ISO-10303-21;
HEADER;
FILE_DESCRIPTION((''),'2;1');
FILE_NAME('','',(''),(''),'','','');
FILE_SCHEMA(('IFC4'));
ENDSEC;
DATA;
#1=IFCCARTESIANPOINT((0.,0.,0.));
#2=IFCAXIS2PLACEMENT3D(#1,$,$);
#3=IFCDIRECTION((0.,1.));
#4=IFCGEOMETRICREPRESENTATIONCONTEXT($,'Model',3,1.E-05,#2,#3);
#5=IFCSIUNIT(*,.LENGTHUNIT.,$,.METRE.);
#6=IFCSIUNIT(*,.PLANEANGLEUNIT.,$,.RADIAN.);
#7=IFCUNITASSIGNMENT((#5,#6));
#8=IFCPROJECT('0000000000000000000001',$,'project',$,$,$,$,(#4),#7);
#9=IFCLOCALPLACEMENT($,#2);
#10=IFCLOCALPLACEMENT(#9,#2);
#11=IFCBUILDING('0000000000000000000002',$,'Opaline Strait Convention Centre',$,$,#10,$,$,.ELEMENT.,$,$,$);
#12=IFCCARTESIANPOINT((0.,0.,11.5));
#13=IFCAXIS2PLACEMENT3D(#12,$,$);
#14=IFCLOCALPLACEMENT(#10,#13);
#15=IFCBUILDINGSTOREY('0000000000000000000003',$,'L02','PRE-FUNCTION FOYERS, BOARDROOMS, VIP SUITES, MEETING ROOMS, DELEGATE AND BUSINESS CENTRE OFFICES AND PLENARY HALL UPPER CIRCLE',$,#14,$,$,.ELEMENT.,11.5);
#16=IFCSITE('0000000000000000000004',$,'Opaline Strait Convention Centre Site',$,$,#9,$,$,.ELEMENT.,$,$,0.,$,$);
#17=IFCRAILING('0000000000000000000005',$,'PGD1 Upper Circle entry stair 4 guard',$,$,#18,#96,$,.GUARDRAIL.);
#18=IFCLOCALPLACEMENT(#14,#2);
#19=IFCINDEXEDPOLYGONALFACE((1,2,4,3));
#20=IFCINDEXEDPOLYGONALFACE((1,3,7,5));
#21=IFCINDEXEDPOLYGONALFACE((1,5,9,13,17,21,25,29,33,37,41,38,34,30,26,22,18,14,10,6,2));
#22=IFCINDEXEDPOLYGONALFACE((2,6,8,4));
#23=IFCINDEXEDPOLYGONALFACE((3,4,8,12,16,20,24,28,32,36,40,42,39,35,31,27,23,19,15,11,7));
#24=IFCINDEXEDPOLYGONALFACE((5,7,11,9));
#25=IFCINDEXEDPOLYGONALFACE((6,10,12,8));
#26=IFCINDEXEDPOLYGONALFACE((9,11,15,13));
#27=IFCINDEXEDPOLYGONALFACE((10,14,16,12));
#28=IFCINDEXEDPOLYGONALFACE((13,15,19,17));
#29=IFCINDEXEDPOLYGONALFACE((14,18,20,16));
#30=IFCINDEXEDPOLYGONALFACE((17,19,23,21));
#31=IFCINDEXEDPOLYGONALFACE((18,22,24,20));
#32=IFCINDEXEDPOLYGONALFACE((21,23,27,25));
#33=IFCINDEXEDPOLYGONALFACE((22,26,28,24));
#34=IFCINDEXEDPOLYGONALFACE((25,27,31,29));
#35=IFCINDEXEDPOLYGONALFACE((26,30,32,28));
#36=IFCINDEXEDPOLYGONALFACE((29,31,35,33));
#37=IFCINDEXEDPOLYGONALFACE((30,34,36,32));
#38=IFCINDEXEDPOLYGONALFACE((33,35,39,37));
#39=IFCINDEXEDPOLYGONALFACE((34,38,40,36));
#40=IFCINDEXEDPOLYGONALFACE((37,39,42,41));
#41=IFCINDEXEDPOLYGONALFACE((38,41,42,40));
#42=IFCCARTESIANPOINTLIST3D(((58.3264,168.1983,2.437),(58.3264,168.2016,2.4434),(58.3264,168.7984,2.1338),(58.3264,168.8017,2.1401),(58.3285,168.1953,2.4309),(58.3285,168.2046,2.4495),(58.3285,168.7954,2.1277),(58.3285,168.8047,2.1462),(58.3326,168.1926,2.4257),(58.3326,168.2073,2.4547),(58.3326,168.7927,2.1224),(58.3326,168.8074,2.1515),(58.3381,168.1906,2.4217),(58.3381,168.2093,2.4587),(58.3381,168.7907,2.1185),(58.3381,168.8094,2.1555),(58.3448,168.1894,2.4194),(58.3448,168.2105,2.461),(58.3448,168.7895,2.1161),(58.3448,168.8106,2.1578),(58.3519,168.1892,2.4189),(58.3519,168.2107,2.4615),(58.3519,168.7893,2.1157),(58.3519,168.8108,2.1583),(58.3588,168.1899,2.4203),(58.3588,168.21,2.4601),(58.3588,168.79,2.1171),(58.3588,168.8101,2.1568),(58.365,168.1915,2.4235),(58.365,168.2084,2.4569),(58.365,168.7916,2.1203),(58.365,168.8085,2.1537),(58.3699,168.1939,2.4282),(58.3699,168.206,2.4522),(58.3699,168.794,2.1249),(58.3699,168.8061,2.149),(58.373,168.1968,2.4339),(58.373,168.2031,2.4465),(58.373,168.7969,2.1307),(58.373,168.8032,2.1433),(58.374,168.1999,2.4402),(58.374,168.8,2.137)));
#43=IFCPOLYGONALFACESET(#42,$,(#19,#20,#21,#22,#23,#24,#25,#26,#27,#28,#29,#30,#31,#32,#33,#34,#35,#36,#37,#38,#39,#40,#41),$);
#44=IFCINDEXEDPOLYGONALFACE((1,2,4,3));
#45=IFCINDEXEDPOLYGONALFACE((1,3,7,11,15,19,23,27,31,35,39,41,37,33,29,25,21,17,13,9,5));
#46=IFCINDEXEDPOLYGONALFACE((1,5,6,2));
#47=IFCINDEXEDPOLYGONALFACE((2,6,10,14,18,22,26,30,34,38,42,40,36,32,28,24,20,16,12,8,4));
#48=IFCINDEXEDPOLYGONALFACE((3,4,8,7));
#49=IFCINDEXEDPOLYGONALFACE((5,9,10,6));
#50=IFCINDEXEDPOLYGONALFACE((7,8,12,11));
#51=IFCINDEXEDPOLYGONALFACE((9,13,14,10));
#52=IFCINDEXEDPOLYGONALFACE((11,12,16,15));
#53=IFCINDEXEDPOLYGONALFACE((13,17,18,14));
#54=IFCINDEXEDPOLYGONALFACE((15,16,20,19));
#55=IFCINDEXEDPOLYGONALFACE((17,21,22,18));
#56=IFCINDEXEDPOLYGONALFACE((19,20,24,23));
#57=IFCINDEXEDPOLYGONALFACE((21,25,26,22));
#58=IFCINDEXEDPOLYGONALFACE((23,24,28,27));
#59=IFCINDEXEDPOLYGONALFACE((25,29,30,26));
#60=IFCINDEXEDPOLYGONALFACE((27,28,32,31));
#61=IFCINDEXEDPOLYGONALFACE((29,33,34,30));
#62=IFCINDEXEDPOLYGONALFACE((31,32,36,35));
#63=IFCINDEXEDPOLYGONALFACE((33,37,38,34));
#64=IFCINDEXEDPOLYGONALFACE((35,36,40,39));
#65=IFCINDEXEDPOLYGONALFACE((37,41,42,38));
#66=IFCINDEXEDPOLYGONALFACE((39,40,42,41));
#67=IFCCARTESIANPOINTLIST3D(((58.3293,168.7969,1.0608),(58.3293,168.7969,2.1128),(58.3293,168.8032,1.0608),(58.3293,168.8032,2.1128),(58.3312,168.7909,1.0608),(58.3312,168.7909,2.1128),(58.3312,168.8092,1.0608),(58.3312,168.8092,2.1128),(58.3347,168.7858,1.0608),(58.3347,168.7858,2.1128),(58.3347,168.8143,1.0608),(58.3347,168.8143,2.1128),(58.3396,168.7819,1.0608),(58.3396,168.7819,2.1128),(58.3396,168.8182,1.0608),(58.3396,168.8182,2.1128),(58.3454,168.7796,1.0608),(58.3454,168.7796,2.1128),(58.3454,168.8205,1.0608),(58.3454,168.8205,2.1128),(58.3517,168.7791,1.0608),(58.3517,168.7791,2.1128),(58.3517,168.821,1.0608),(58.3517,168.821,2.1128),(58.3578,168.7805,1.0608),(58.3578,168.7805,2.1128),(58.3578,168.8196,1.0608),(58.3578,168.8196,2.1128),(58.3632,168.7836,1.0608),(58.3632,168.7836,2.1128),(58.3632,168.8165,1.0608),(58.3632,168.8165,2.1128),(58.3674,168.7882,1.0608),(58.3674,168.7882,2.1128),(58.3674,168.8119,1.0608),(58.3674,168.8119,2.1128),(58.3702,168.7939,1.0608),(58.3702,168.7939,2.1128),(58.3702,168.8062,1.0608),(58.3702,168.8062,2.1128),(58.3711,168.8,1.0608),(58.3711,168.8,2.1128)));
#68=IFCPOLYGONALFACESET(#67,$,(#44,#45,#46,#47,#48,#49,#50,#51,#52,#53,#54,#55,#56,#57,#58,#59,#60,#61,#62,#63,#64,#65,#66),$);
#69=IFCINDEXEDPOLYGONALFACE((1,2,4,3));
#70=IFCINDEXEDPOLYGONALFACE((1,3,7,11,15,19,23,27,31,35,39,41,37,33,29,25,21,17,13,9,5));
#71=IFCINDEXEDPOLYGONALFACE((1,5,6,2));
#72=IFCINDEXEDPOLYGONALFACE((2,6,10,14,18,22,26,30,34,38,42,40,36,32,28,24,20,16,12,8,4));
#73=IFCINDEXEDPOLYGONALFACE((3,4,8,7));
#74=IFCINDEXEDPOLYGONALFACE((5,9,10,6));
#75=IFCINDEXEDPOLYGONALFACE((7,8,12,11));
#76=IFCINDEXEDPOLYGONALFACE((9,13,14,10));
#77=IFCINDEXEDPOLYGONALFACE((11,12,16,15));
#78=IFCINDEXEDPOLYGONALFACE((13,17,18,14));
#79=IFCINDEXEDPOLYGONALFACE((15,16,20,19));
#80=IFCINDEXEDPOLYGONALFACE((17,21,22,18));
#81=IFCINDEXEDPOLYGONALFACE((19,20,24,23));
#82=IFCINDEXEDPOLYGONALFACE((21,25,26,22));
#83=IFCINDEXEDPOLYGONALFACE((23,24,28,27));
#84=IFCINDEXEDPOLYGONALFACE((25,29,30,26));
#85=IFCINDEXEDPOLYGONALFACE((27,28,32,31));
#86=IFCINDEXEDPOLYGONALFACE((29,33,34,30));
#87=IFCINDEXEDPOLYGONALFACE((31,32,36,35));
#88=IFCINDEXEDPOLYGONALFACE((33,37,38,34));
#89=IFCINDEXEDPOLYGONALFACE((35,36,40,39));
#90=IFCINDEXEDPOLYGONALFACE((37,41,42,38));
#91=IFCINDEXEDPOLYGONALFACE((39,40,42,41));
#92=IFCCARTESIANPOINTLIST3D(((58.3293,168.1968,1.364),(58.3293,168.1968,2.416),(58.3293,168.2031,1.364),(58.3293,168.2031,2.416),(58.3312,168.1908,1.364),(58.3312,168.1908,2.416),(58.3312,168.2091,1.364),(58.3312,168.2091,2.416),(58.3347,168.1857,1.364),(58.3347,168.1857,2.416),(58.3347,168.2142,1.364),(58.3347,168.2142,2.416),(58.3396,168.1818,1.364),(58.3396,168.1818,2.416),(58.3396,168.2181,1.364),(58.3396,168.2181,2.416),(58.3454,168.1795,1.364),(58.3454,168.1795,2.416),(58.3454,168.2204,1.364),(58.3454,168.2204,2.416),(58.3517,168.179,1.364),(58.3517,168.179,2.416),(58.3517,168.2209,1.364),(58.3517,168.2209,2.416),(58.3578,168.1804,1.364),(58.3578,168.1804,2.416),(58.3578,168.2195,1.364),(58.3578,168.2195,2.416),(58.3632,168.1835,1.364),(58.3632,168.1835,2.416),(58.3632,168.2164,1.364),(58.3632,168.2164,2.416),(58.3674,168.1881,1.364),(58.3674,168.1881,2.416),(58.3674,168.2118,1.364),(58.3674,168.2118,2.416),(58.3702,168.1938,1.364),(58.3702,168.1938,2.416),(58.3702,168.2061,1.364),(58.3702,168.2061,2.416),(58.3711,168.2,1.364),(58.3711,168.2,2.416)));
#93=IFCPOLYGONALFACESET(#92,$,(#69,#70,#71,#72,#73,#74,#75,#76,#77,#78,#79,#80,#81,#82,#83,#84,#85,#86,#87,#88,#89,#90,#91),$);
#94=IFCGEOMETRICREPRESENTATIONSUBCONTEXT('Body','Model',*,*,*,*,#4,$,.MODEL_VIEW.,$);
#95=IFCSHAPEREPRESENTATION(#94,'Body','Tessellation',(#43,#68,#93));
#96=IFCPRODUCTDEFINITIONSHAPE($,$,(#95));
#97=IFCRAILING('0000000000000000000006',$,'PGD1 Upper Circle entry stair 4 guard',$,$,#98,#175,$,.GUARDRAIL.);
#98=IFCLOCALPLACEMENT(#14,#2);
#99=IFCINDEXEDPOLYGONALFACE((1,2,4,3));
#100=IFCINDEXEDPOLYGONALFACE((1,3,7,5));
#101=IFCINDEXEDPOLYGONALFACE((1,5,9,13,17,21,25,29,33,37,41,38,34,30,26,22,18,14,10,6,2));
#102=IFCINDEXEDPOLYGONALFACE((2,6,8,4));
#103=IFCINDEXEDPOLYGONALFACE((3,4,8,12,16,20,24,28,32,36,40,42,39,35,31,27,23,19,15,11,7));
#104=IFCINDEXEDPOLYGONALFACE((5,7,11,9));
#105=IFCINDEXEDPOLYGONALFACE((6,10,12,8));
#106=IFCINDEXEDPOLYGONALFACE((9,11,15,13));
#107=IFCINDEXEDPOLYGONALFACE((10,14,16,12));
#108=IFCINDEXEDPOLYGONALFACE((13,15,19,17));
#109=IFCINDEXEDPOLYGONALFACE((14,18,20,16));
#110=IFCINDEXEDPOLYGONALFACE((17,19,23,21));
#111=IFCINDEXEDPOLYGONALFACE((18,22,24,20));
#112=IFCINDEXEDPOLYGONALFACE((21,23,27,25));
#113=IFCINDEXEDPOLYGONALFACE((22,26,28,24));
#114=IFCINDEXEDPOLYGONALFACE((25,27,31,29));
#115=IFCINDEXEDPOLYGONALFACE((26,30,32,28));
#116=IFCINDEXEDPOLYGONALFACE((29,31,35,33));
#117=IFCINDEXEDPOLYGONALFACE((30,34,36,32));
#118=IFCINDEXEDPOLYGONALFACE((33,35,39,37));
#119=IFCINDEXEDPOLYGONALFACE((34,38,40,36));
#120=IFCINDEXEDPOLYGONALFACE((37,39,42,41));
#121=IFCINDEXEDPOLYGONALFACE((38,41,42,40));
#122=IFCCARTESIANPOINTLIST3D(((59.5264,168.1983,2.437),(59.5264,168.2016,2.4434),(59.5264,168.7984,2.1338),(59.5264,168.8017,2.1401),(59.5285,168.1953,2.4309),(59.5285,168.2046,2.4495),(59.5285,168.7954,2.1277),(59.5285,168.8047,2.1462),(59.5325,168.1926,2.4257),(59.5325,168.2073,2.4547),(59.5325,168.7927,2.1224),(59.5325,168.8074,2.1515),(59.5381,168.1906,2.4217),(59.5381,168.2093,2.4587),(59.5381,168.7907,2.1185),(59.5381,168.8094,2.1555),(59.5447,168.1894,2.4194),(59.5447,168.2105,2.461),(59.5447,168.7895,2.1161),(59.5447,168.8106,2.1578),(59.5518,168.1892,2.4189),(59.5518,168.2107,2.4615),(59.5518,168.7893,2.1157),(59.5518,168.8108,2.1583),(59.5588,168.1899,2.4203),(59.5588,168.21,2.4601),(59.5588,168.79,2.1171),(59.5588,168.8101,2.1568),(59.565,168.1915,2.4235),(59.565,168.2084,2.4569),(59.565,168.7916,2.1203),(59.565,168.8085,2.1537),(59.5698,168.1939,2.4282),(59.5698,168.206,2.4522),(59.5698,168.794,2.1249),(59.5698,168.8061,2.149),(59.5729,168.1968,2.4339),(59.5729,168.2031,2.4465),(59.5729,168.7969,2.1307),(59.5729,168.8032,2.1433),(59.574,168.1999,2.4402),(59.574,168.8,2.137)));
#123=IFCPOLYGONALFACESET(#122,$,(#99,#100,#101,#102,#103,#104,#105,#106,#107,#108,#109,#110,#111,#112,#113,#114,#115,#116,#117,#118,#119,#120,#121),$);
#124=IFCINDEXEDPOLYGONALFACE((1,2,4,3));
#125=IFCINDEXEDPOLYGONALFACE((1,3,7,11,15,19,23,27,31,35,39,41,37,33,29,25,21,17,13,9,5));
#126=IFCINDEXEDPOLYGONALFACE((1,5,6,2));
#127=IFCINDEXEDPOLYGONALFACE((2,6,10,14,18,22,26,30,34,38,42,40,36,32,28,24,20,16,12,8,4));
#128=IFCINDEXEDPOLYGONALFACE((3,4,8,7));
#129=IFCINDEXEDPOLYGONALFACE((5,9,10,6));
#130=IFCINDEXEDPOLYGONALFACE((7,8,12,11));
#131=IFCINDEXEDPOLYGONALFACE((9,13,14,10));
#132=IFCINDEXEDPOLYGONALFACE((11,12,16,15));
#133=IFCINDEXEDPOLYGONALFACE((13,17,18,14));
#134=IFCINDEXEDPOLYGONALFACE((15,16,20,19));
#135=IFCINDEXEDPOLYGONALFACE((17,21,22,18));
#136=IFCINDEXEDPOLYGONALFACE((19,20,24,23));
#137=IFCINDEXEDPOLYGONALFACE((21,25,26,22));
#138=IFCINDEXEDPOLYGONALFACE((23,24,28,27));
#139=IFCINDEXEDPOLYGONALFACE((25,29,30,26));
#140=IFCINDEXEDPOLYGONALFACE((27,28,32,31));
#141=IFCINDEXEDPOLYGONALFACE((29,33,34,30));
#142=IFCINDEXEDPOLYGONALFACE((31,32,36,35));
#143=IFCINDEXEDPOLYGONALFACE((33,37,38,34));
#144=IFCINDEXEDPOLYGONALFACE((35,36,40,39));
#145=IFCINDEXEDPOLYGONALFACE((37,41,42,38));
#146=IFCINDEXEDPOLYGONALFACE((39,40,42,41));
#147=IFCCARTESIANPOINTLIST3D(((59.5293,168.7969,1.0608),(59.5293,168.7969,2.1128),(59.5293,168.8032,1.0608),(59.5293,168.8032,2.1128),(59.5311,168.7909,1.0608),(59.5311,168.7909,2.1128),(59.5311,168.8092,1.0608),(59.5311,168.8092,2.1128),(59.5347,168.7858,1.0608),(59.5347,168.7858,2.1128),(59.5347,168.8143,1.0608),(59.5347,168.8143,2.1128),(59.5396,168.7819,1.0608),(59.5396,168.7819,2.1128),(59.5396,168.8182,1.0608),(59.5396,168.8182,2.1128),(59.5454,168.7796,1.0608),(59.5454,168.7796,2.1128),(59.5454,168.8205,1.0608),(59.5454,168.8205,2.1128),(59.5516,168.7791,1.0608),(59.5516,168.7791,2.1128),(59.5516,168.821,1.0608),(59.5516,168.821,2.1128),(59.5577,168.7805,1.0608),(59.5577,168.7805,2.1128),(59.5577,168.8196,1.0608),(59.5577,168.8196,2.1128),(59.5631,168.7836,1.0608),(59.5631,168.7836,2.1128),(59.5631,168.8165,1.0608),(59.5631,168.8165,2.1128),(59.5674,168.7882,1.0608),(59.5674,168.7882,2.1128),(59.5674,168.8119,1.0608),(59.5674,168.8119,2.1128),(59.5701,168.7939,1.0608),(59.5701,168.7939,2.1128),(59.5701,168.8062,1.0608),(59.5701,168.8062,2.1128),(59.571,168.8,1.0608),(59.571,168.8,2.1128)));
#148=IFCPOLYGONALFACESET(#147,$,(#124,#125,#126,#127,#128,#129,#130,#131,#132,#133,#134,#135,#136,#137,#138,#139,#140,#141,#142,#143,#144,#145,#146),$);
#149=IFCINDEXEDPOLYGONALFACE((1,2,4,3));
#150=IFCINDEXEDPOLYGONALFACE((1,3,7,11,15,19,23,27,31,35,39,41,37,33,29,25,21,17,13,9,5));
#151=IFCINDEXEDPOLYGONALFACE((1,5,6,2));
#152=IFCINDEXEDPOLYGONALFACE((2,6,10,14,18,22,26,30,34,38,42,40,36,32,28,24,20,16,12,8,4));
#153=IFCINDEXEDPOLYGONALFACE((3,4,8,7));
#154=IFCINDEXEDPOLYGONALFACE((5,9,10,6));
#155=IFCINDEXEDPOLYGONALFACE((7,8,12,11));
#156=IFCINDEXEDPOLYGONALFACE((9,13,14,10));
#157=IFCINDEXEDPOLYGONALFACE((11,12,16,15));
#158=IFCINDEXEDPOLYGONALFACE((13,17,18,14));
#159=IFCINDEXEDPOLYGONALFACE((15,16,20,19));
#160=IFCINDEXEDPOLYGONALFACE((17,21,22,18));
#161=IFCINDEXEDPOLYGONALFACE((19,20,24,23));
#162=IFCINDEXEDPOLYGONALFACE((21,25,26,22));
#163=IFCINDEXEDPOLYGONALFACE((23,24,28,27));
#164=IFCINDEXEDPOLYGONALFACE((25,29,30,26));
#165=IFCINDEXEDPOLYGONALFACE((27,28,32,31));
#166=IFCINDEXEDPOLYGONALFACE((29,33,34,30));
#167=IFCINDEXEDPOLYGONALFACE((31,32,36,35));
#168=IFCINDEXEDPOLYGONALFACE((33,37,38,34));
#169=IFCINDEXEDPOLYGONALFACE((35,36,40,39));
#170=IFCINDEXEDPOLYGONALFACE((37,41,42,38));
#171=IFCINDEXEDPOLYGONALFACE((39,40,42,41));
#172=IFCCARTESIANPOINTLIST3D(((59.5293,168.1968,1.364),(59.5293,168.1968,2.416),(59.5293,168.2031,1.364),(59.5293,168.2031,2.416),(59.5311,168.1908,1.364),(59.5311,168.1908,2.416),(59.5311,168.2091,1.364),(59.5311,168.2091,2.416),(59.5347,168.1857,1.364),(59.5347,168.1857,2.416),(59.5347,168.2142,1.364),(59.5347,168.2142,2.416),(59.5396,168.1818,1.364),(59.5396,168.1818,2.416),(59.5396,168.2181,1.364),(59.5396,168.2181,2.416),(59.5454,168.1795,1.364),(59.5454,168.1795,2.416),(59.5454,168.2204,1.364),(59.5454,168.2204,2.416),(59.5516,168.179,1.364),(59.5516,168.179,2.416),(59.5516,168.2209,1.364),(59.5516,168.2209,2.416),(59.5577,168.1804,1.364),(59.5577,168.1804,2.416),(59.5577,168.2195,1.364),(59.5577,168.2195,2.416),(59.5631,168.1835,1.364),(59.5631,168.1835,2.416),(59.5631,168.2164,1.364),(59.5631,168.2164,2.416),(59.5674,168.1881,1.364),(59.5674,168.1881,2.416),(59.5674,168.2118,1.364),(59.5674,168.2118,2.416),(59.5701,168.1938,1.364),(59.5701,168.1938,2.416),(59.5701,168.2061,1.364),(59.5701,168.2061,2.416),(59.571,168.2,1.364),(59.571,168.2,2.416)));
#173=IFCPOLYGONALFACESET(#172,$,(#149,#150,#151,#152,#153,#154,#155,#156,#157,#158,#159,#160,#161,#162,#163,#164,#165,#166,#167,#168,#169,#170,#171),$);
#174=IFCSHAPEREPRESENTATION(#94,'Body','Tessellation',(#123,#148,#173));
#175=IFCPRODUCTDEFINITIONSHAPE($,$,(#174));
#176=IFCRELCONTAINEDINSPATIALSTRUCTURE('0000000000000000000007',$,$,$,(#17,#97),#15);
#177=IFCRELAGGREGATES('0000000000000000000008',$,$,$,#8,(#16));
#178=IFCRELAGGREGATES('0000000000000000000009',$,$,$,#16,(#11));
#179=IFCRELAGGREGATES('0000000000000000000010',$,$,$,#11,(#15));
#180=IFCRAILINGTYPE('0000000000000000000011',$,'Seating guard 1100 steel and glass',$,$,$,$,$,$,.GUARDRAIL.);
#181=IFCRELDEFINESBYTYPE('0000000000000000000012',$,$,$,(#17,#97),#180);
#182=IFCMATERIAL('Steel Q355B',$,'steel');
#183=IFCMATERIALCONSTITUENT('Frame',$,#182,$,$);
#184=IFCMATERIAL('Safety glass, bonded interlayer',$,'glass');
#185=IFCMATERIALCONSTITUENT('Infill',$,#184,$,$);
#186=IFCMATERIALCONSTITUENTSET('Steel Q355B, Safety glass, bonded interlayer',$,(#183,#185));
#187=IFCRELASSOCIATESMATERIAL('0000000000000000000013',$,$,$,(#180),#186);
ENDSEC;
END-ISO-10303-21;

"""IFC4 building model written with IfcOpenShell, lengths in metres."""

from ifc_helpers import new_model, si_unit, direction, frame, origin, origin_2d, place, context, subcontext, project, spatial, circle, extrude, material, constituent, constituent_set, type_object, element, save


model = new_model("IFC4")

# Units and contexts
model_context = context("Model", 3, precision=1e-05, world=origin(), true_north=direction((0.0, 1.0)))
body_context = subcontext(model_context, "Body", "Model", "MODEL_VIEW")
ifc_project = project(units=[si_unit("LENGTHUNIT", "METRE"), si_unit("PLANEANGLEUNIT", "RADIAN")], contexts=[model_context])

# Site, building, storey
site_placement = place(None, origin())
site = spatial("IfcSite", under=ifc_project, at=site_placement, Name="Opaline Strait Convention Centre Site", CompositionType="ELEMENT", RefElevation=0.0)
building_placement = place(site_placement, origin())
building = spatial("IfcBuilding", under=site, at=building_placement, Name="Opaline Strait Convention Centre", CompositionType="ELEMENT")
storey_placement = place(building_placement, frame((0.0, 0.0, 11.5)))
storey = spatial("IfcBuildingStorey", under=building, at=storey_placement, Name="L02", Description="PRE-FUNCTION FOYERS, BOARDROOMS, VIP SUITES, MEETING ROOMS, DELEGATE AND BUSINESS CENTRE OFFICES AND PLENARY HALL UPPER CIRCLE", CompositionType="ELEMENT", Elevation=11.5)

# Shared definitions
ifc_material_1 = material(Name="Steel Q355B", Category="steel")

# Railings
ifc_constituent_1 = constituent(ifc_material_1, Name="Frame")
ifc_material_2 = material(Name="Safety glass, bonded interlayer", Category="glass")
ifc_constituent_2 = constituent(ifc_material_2, Name="Infill")
ifc_constituent_set = constituent_set(constituents=[ifc_constituent_1, ifc_constituent_2], Name="Steel Q355B, Safety glass, bonded interlayer")
railing_type_1 = type_object("IfcRailingType", Name="Seating guard 1100 steel and glass", PredefinedType="GUARDRAIL", material=ifc_constituent_set)
for number, where, name in (
    (1, (58.3501, 168.8, 1.0608), "PGD1 Upper Circle entry stair 4 guard"),
    (2, (59.55, 168.8, 1.0608), "PGD1 Upper Circle entry stair 4 guard"),
):
    element("IfcRailing", number, at=place(storey_placement, frame(where)), inside=storey, type_object=railing_type_1, Name=name, PredefinedType="GUARDRAIL", context=body_context, shape_type="SweptSolid", body=[
        extrude(circle(Radius=0.0239, at=origin_2d()), frame((0.0, 0.0, 1.0762), z_axis=(0.0, -0.892531, 0.450986), x_axis=(1.0, 0.0, 0.0)), (0.0, 0.0, 1.0), 0.6724),
        extrude(circle(Radius=0.021, at=origin_2d()), origin(), (0.0, 0.0, 1.0), 1.052),
        extrude(circle(Radius=0.021, at=origin_2d()), frame((0.0, -0.6001, 0.3032)), (0.0, 0.0, 1.0), 1.052),
    ])

save(model, "model.ifc")
